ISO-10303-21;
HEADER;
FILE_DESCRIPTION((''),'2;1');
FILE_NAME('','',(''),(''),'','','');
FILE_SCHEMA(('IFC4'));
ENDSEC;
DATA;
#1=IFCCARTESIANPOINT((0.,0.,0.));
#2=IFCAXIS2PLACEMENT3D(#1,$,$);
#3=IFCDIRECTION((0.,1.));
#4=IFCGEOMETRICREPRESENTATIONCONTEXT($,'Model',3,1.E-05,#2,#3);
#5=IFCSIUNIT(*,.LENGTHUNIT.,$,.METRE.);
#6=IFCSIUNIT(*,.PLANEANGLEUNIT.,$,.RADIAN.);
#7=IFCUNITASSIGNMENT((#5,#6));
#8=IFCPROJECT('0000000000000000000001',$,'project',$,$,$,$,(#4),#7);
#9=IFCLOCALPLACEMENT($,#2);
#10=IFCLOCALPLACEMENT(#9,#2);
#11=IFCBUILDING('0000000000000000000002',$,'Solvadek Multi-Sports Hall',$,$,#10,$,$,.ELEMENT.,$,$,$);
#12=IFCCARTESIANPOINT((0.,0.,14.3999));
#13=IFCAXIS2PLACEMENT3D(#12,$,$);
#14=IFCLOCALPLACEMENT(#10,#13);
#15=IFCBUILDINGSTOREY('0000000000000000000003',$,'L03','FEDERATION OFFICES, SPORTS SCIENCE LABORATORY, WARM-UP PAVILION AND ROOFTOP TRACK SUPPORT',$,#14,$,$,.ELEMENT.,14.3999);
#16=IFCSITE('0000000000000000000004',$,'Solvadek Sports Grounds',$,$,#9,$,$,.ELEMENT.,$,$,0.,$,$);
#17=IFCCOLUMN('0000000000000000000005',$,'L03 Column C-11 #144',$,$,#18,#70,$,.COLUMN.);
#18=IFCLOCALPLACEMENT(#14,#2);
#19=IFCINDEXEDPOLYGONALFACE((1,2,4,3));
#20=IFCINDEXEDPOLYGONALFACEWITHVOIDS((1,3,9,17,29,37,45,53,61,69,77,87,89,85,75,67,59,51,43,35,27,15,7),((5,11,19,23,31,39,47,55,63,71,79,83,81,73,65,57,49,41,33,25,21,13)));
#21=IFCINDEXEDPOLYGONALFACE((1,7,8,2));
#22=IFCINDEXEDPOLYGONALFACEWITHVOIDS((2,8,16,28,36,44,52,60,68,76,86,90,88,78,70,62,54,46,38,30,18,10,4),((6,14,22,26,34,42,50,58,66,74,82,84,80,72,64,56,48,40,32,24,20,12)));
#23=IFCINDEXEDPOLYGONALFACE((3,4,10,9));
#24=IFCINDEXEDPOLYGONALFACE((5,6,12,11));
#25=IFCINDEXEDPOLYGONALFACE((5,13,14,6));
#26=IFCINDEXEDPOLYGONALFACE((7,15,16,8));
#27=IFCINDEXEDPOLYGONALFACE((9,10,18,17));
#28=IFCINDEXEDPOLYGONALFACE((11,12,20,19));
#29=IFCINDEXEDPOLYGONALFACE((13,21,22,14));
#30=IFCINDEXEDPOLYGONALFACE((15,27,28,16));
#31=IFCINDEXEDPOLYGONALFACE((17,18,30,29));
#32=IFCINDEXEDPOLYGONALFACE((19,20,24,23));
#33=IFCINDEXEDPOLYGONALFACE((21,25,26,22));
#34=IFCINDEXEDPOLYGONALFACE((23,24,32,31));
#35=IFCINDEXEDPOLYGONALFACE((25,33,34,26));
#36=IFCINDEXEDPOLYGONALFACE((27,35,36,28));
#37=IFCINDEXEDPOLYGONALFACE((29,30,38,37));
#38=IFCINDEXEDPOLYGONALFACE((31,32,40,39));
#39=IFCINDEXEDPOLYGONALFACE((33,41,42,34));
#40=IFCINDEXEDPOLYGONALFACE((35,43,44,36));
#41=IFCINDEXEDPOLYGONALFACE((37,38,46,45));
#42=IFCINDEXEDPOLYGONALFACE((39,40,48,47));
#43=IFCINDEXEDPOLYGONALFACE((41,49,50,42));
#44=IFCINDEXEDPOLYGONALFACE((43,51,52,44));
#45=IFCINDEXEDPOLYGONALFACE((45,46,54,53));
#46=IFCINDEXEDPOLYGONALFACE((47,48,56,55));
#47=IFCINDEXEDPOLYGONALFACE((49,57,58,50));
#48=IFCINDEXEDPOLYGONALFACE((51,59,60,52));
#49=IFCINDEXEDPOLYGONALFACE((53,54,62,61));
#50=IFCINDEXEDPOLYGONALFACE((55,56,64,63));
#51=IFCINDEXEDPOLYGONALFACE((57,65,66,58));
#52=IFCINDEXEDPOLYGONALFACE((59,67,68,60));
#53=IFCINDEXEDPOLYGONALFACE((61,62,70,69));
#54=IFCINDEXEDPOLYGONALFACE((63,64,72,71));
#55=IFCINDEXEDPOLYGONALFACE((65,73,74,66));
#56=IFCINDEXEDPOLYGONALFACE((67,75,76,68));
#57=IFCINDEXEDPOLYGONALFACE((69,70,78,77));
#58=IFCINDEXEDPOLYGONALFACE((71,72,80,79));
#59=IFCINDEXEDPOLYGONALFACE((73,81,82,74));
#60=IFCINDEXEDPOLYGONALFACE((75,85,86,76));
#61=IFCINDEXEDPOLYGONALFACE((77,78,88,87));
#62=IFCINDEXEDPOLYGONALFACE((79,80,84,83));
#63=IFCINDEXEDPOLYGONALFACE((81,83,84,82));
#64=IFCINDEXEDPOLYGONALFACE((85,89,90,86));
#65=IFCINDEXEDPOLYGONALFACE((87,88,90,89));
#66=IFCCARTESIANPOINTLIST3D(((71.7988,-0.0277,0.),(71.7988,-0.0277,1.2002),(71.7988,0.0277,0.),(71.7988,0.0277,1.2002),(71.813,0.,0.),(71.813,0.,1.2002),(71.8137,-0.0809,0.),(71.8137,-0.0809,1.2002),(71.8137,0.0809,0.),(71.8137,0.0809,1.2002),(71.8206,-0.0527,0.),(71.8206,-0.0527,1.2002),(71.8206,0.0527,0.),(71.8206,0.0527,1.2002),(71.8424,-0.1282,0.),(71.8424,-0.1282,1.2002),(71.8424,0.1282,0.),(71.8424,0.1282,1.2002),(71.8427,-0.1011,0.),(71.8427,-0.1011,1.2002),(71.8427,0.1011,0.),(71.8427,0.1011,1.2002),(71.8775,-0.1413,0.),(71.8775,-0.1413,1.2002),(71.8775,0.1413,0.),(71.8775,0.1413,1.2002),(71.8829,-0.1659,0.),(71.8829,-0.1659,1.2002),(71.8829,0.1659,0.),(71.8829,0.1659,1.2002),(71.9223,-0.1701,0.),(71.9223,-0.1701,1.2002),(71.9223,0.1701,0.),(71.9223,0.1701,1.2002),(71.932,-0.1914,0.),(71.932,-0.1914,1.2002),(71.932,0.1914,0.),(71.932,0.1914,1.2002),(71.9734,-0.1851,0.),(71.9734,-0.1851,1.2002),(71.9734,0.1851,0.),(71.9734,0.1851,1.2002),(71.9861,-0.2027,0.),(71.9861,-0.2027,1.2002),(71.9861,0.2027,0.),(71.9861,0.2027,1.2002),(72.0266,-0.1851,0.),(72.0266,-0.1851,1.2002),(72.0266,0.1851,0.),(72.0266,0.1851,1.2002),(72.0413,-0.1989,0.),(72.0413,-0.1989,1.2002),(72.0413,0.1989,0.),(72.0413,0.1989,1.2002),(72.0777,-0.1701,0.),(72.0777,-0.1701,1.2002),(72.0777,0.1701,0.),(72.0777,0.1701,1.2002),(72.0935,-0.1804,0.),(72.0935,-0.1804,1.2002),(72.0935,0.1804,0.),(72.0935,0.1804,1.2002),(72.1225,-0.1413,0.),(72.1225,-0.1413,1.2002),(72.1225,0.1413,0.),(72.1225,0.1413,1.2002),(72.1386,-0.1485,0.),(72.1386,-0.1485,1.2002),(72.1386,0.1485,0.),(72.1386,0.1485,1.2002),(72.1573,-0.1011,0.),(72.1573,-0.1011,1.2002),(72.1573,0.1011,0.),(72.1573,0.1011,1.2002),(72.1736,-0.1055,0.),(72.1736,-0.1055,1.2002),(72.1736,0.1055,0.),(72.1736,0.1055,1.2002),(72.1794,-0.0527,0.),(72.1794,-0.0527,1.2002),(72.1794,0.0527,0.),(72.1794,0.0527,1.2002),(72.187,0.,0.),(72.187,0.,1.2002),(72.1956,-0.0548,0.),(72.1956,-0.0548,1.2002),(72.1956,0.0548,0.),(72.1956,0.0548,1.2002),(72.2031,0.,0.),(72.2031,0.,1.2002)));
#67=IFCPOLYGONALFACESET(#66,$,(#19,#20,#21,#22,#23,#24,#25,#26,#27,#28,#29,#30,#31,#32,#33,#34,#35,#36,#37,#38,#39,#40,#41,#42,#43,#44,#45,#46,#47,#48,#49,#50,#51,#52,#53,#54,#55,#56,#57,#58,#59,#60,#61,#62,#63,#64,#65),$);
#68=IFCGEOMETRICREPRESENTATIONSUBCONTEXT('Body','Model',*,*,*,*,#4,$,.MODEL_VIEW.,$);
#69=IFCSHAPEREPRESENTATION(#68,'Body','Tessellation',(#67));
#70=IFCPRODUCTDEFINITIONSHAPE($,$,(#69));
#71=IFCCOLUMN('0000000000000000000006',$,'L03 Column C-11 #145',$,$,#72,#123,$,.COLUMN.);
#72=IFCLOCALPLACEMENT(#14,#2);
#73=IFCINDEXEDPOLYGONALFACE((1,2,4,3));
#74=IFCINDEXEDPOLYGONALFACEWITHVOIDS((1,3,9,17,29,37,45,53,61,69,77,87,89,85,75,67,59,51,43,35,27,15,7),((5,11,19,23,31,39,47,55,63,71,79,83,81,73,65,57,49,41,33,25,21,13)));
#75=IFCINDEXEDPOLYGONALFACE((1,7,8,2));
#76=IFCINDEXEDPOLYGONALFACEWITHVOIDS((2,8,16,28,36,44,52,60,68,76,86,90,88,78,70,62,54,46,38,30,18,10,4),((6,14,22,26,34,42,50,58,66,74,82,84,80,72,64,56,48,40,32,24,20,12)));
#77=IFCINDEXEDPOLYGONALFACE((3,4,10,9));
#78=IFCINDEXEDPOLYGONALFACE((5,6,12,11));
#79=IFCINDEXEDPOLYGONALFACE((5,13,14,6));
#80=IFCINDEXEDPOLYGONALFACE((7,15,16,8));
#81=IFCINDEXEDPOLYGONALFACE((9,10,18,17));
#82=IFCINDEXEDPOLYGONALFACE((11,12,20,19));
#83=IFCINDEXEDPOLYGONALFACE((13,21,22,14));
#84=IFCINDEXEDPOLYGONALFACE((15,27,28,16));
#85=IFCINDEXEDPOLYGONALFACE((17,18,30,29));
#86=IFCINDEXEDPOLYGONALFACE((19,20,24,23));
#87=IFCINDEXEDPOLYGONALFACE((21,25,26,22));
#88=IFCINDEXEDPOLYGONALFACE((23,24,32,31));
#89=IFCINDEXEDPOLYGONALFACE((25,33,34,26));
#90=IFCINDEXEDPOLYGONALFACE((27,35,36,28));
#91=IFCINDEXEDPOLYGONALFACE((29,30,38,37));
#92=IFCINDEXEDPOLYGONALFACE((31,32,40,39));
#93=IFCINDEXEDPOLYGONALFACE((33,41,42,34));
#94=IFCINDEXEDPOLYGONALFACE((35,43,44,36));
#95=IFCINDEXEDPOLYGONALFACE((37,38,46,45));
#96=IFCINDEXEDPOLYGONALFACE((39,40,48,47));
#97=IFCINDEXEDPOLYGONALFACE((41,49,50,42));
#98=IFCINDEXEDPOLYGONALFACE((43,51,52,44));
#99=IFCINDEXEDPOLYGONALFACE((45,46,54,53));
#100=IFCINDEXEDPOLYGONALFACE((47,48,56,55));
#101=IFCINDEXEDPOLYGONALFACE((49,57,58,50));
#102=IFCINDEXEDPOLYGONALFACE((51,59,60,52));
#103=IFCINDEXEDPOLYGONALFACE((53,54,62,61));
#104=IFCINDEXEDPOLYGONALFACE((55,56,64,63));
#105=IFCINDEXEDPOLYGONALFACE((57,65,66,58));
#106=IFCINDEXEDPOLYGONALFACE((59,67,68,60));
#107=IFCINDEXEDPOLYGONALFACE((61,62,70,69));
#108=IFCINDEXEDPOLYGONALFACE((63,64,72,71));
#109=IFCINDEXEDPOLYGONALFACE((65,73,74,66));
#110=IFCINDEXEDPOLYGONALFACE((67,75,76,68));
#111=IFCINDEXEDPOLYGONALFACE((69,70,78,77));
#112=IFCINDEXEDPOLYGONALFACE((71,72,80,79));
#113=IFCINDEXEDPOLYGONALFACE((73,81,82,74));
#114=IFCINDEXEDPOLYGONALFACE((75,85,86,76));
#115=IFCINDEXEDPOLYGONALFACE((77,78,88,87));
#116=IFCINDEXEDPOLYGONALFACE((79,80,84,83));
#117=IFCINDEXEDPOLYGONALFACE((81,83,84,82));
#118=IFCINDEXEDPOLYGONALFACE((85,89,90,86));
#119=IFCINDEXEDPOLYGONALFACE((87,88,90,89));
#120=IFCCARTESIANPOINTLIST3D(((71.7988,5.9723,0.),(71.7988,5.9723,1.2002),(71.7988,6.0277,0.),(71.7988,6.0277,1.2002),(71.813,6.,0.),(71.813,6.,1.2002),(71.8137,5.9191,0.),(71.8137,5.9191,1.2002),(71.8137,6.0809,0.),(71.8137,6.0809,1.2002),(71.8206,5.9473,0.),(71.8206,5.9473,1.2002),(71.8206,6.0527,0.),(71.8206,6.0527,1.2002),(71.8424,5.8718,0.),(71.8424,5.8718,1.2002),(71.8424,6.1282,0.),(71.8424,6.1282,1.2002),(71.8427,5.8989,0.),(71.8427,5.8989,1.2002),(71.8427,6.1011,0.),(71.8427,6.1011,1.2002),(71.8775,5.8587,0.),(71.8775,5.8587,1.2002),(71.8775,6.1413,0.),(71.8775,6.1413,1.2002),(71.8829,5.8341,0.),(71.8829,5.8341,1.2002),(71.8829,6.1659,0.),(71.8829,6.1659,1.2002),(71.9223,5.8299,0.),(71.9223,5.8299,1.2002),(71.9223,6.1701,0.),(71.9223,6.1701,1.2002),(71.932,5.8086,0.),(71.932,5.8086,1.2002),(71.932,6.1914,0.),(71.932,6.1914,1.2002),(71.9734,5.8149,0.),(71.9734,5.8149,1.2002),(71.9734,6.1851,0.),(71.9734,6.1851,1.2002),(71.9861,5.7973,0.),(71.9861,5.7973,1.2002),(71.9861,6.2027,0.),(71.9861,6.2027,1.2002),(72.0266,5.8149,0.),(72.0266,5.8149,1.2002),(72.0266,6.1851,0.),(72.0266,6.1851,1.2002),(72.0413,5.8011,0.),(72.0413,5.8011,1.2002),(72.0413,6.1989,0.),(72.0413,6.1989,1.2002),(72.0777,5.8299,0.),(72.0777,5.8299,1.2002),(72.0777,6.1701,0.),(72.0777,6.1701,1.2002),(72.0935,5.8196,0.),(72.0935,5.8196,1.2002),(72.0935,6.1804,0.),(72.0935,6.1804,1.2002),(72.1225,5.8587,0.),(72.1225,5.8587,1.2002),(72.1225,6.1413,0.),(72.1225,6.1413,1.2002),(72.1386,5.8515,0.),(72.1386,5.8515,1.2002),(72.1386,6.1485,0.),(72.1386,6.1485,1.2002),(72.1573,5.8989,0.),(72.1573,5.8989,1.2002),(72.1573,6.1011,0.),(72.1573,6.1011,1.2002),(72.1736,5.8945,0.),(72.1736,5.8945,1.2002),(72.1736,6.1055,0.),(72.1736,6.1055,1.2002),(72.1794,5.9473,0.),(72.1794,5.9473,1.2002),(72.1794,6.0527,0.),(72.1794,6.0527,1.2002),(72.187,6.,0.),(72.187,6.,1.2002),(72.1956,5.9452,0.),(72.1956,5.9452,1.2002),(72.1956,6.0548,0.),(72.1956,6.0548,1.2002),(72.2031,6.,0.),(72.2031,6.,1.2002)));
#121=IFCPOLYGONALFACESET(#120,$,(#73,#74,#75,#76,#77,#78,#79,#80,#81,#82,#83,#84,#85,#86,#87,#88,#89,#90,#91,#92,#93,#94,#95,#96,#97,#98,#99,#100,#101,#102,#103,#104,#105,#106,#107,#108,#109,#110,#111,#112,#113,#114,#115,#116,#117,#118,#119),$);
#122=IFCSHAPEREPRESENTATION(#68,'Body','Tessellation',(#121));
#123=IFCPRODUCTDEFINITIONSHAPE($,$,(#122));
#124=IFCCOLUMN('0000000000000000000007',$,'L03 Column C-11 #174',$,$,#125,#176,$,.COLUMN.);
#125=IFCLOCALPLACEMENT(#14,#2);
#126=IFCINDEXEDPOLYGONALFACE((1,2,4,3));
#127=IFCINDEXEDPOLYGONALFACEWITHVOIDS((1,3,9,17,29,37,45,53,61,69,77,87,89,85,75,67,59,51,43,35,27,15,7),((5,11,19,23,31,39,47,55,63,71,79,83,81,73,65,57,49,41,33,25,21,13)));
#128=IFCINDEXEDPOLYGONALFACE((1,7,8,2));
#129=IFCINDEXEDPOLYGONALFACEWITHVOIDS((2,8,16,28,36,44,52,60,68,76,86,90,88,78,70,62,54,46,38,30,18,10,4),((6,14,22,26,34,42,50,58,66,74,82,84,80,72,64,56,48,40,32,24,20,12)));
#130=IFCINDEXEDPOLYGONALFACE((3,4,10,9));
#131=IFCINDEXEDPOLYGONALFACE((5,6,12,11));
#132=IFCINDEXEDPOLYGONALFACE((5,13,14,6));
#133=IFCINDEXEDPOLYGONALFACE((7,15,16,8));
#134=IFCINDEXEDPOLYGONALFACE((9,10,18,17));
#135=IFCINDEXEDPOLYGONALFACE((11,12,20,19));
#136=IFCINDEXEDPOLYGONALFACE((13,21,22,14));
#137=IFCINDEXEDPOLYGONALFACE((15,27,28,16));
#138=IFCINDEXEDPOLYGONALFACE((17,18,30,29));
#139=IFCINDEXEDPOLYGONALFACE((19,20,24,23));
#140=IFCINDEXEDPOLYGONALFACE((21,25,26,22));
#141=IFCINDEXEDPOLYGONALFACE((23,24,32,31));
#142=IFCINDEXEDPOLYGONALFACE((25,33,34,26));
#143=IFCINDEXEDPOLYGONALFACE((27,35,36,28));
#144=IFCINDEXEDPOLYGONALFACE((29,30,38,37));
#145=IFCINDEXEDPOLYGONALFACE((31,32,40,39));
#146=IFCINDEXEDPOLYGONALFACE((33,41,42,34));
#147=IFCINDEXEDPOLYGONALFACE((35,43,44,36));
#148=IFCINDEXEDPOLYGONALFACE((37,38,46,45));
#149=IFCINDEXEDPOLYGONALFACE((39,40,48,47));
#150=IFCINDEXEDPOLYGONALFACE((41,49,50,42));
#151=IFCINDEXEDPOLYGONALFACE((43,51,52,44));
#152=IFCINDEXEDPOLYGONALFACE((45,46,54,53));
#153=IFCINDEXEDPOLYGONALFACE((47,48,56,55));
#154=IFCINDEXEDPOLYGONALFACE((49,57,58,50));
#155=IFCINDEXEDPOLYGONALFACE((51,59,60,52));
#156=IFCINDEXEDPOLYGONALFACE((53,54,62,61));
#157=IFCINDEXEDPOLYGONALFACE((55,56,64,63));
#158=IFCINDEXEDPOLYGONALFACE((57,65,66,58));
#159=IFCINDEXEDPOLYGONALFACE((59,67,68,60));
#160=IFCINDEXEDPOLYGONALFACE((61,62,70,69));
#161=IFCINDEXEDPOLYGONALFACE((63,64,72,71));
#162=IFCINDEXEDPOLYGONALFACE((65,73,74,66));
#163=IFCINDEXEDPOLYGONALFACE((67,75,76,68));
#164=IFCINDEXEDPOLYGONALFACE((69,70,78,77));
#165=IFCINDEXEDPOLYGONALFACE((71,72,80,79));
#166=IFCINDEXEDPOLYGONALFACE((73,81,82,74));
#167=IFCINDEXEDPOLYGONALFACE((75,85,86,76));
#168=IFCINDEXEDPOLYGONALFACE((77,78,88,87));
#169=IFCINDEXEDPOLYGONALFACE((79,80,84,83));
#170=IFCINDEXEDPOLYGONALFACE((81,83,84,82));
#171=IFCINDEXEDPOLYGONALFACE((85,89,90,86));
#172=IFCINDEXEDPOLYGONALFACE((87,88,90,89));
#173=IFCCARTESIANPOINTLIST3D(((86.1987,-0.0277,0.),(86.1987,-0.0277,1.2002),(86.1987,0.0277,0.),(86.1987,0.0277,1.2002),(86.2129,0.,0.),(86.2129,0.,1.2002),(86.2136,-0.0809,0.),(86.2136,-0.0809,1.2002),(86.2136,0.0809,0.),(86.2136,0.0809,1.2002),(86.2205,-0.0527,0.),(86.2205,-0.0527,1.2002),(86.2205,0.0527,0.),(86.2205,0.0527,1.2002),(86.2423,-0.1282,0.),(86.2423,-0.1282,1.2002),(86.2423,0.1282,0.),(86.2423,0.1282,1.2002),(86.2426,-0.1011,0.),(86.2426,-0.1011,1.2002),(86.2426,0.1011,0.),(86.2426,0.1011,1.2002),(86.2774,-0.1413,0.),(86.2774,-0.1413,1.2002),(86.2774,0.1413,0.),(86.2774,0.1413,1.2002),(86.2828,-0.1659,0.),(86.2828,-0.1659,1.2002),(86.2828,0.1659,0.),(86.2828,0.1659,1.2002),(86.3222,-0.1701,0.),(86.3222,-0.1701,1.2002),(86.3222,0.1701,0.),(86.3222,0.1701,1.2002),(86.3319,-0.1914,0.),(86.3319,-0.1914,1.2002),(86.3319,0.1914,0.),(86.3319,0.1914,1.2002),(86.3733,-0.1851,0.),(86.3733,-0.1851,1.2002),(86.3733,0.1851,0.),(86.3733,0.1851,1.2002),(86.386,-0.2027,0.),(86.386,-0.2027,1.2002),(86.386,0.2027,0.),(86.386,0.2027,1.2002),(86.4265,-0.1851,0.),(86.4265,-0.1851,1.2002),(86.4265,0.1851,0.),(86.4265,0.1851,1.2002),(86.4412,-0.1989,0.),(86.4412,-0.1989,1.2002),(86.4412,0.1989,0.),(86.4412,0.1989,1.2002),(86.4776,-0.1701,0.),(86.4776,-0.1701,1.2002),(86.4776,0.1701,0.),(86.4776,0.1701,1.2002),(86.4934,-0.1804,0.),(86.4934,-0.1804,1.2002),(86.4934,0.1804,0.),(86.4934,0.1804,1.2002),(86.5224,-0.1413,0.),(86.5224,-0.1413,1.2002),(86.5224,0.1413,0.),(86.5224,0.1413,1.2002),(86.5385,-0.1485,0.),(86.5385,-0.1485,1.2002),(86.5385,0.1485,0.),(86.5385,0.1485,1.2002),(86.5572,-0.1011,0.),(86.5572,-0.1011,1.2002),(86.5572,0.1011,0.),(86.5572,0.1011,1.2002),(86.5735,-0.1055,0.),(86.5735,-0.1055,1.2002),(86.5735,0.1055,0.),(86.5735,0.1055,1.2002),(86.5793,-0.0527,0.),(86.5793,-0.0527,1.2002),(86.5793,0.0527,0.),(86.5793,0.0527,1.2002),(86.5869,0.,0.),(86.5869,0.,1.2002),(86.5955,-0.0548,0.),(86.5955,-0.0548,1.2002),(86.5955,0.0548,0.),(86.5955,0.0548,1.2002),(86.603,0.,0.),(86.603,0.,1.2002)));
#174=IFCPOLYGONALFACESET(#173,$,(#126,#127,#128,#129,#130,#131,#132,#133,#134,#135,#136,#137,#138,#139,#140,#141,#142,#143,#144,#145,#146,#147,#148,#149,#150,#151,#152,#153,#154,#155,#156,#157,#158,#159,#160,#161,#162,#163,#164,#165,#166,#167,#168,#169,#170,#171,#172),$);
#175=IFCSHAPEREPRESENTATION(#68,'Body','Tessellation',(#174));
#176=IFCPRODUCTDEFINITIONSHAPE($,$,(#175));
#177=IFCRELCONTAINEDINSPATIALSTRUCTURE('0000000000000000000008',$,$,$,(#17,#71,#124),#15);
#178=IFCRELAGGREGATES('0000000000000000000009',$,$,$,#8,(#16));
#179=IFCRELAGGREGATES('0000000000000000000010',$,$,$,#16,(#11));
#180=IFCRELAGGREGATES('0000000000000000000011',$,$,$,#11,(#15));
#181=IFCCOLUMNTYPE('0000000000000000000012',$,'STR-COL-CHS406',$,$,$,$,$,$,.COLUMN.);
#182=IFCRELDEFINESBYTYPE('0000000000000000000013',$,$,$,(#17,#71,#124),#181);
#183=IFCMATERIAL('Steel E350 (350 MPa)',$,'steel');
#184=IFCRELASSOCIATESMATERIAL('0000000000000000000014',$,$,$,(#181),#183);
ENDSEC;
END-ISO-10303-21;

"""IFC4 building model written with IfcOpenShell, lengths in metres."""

from ifc_helpers import new_model, si_unit, direction, frame, origin, origin_2d, place, context, subcontext, project, spatial, hollow_circle, extrude, material, material_profile, profile_set, type_object, element, save


model = new_model("IFC4")

# Units and contexts
model_context = context("Model", 3, precision=1e-05, world=origin(), true_north=direction((0.0, 1.0)))
body_context = subcontext(model_context, "Body", "Model", "MODEL_VIEW")
ifc_project = project(units=[si_unit("LENGTHUNIT", "METRE"), si_unit("PLANEANGLEUNIT", "RADIAN")], contexts=[model_context])

# Site, building, storey
site_placement = place(None, origin())
site = spatial("IfcSite", under=ifc_project, at=site_placement, Name="Solvadek Sports Grounds", CompositionType="ELEMENT", RefElevation=0.0)
building_placement = place(site_placement, origin())
building = spatial("IfcBuilding", under=site, at=building_placement, Name="Solvadek Multi-Sports Hall", CompositionType="ELEMENT")
storey_placement = place(building_placement, frame((0.0, 0.0, 14.3999)))
storey = spatial("IfcBuildingStorey", under=building, at=storey_placement, Name="L03", Description="FEDERATION OFFICES, SPORTS SCIENCE LABORATORY, WARM-UP PAVILION AND ROOFTOP TRACK SUPPORT", CompositionType="ELEMENT", Elevation=14.3999)

# Columns
ifc_material_1 = material(Name="Steel E350 (350 MPa)", Category="steel")
ifc_material_profile = material_profile(ifc_material_1, hollow_circle(Radius=0.2031, WallThickness=0.0161, at=origin_2d()), Name="CHS 406.4x16")
ifc_profile_set = profile_set([ifc_material_profile], Name="Steel E350 (350 MPa)")
column_type = type_object("IfcColumnType", Name="STR-COL-CHS406", PredefinedType="COLUMN", material=ifc_profile_set)
for number, where, z_axis, x_axis, name in (
    (1, (72.0, 0.0, 0.0), (0.0, 0.0, 1.0), (1.0, 0.0, 0.0), "L03 Column C-11 #144"),
    (2, (72.0, 6.0, 0.0), (0.0, 0.0, 1.0), (1.0, 0.0, 0.0), "L03 Column C-11 #145"),
    (3, (86.3999, 0.0, 0.0), (0.0, 0.0, 1.0), (1.0, 0.0, 0.0), "L03 Column C-11 #174"),
):
    element("IfcColumn", number, at=place(storey_placement, frame(where, z_axis=z_axis, x_axis=x_axis)), inside=storey, type_object=column_type, Name=name, PredefinedType="COLUMN", context=body_context, shape_type="SweptSolid", body=[
        extrude(hollow_circle(Radius=0.2031, WallThickness=0.0161, at=origin_2d()), origin(), (0.0, 0.0, 1.0), 1.2002),
    ])

save(model, "model.ifc")
